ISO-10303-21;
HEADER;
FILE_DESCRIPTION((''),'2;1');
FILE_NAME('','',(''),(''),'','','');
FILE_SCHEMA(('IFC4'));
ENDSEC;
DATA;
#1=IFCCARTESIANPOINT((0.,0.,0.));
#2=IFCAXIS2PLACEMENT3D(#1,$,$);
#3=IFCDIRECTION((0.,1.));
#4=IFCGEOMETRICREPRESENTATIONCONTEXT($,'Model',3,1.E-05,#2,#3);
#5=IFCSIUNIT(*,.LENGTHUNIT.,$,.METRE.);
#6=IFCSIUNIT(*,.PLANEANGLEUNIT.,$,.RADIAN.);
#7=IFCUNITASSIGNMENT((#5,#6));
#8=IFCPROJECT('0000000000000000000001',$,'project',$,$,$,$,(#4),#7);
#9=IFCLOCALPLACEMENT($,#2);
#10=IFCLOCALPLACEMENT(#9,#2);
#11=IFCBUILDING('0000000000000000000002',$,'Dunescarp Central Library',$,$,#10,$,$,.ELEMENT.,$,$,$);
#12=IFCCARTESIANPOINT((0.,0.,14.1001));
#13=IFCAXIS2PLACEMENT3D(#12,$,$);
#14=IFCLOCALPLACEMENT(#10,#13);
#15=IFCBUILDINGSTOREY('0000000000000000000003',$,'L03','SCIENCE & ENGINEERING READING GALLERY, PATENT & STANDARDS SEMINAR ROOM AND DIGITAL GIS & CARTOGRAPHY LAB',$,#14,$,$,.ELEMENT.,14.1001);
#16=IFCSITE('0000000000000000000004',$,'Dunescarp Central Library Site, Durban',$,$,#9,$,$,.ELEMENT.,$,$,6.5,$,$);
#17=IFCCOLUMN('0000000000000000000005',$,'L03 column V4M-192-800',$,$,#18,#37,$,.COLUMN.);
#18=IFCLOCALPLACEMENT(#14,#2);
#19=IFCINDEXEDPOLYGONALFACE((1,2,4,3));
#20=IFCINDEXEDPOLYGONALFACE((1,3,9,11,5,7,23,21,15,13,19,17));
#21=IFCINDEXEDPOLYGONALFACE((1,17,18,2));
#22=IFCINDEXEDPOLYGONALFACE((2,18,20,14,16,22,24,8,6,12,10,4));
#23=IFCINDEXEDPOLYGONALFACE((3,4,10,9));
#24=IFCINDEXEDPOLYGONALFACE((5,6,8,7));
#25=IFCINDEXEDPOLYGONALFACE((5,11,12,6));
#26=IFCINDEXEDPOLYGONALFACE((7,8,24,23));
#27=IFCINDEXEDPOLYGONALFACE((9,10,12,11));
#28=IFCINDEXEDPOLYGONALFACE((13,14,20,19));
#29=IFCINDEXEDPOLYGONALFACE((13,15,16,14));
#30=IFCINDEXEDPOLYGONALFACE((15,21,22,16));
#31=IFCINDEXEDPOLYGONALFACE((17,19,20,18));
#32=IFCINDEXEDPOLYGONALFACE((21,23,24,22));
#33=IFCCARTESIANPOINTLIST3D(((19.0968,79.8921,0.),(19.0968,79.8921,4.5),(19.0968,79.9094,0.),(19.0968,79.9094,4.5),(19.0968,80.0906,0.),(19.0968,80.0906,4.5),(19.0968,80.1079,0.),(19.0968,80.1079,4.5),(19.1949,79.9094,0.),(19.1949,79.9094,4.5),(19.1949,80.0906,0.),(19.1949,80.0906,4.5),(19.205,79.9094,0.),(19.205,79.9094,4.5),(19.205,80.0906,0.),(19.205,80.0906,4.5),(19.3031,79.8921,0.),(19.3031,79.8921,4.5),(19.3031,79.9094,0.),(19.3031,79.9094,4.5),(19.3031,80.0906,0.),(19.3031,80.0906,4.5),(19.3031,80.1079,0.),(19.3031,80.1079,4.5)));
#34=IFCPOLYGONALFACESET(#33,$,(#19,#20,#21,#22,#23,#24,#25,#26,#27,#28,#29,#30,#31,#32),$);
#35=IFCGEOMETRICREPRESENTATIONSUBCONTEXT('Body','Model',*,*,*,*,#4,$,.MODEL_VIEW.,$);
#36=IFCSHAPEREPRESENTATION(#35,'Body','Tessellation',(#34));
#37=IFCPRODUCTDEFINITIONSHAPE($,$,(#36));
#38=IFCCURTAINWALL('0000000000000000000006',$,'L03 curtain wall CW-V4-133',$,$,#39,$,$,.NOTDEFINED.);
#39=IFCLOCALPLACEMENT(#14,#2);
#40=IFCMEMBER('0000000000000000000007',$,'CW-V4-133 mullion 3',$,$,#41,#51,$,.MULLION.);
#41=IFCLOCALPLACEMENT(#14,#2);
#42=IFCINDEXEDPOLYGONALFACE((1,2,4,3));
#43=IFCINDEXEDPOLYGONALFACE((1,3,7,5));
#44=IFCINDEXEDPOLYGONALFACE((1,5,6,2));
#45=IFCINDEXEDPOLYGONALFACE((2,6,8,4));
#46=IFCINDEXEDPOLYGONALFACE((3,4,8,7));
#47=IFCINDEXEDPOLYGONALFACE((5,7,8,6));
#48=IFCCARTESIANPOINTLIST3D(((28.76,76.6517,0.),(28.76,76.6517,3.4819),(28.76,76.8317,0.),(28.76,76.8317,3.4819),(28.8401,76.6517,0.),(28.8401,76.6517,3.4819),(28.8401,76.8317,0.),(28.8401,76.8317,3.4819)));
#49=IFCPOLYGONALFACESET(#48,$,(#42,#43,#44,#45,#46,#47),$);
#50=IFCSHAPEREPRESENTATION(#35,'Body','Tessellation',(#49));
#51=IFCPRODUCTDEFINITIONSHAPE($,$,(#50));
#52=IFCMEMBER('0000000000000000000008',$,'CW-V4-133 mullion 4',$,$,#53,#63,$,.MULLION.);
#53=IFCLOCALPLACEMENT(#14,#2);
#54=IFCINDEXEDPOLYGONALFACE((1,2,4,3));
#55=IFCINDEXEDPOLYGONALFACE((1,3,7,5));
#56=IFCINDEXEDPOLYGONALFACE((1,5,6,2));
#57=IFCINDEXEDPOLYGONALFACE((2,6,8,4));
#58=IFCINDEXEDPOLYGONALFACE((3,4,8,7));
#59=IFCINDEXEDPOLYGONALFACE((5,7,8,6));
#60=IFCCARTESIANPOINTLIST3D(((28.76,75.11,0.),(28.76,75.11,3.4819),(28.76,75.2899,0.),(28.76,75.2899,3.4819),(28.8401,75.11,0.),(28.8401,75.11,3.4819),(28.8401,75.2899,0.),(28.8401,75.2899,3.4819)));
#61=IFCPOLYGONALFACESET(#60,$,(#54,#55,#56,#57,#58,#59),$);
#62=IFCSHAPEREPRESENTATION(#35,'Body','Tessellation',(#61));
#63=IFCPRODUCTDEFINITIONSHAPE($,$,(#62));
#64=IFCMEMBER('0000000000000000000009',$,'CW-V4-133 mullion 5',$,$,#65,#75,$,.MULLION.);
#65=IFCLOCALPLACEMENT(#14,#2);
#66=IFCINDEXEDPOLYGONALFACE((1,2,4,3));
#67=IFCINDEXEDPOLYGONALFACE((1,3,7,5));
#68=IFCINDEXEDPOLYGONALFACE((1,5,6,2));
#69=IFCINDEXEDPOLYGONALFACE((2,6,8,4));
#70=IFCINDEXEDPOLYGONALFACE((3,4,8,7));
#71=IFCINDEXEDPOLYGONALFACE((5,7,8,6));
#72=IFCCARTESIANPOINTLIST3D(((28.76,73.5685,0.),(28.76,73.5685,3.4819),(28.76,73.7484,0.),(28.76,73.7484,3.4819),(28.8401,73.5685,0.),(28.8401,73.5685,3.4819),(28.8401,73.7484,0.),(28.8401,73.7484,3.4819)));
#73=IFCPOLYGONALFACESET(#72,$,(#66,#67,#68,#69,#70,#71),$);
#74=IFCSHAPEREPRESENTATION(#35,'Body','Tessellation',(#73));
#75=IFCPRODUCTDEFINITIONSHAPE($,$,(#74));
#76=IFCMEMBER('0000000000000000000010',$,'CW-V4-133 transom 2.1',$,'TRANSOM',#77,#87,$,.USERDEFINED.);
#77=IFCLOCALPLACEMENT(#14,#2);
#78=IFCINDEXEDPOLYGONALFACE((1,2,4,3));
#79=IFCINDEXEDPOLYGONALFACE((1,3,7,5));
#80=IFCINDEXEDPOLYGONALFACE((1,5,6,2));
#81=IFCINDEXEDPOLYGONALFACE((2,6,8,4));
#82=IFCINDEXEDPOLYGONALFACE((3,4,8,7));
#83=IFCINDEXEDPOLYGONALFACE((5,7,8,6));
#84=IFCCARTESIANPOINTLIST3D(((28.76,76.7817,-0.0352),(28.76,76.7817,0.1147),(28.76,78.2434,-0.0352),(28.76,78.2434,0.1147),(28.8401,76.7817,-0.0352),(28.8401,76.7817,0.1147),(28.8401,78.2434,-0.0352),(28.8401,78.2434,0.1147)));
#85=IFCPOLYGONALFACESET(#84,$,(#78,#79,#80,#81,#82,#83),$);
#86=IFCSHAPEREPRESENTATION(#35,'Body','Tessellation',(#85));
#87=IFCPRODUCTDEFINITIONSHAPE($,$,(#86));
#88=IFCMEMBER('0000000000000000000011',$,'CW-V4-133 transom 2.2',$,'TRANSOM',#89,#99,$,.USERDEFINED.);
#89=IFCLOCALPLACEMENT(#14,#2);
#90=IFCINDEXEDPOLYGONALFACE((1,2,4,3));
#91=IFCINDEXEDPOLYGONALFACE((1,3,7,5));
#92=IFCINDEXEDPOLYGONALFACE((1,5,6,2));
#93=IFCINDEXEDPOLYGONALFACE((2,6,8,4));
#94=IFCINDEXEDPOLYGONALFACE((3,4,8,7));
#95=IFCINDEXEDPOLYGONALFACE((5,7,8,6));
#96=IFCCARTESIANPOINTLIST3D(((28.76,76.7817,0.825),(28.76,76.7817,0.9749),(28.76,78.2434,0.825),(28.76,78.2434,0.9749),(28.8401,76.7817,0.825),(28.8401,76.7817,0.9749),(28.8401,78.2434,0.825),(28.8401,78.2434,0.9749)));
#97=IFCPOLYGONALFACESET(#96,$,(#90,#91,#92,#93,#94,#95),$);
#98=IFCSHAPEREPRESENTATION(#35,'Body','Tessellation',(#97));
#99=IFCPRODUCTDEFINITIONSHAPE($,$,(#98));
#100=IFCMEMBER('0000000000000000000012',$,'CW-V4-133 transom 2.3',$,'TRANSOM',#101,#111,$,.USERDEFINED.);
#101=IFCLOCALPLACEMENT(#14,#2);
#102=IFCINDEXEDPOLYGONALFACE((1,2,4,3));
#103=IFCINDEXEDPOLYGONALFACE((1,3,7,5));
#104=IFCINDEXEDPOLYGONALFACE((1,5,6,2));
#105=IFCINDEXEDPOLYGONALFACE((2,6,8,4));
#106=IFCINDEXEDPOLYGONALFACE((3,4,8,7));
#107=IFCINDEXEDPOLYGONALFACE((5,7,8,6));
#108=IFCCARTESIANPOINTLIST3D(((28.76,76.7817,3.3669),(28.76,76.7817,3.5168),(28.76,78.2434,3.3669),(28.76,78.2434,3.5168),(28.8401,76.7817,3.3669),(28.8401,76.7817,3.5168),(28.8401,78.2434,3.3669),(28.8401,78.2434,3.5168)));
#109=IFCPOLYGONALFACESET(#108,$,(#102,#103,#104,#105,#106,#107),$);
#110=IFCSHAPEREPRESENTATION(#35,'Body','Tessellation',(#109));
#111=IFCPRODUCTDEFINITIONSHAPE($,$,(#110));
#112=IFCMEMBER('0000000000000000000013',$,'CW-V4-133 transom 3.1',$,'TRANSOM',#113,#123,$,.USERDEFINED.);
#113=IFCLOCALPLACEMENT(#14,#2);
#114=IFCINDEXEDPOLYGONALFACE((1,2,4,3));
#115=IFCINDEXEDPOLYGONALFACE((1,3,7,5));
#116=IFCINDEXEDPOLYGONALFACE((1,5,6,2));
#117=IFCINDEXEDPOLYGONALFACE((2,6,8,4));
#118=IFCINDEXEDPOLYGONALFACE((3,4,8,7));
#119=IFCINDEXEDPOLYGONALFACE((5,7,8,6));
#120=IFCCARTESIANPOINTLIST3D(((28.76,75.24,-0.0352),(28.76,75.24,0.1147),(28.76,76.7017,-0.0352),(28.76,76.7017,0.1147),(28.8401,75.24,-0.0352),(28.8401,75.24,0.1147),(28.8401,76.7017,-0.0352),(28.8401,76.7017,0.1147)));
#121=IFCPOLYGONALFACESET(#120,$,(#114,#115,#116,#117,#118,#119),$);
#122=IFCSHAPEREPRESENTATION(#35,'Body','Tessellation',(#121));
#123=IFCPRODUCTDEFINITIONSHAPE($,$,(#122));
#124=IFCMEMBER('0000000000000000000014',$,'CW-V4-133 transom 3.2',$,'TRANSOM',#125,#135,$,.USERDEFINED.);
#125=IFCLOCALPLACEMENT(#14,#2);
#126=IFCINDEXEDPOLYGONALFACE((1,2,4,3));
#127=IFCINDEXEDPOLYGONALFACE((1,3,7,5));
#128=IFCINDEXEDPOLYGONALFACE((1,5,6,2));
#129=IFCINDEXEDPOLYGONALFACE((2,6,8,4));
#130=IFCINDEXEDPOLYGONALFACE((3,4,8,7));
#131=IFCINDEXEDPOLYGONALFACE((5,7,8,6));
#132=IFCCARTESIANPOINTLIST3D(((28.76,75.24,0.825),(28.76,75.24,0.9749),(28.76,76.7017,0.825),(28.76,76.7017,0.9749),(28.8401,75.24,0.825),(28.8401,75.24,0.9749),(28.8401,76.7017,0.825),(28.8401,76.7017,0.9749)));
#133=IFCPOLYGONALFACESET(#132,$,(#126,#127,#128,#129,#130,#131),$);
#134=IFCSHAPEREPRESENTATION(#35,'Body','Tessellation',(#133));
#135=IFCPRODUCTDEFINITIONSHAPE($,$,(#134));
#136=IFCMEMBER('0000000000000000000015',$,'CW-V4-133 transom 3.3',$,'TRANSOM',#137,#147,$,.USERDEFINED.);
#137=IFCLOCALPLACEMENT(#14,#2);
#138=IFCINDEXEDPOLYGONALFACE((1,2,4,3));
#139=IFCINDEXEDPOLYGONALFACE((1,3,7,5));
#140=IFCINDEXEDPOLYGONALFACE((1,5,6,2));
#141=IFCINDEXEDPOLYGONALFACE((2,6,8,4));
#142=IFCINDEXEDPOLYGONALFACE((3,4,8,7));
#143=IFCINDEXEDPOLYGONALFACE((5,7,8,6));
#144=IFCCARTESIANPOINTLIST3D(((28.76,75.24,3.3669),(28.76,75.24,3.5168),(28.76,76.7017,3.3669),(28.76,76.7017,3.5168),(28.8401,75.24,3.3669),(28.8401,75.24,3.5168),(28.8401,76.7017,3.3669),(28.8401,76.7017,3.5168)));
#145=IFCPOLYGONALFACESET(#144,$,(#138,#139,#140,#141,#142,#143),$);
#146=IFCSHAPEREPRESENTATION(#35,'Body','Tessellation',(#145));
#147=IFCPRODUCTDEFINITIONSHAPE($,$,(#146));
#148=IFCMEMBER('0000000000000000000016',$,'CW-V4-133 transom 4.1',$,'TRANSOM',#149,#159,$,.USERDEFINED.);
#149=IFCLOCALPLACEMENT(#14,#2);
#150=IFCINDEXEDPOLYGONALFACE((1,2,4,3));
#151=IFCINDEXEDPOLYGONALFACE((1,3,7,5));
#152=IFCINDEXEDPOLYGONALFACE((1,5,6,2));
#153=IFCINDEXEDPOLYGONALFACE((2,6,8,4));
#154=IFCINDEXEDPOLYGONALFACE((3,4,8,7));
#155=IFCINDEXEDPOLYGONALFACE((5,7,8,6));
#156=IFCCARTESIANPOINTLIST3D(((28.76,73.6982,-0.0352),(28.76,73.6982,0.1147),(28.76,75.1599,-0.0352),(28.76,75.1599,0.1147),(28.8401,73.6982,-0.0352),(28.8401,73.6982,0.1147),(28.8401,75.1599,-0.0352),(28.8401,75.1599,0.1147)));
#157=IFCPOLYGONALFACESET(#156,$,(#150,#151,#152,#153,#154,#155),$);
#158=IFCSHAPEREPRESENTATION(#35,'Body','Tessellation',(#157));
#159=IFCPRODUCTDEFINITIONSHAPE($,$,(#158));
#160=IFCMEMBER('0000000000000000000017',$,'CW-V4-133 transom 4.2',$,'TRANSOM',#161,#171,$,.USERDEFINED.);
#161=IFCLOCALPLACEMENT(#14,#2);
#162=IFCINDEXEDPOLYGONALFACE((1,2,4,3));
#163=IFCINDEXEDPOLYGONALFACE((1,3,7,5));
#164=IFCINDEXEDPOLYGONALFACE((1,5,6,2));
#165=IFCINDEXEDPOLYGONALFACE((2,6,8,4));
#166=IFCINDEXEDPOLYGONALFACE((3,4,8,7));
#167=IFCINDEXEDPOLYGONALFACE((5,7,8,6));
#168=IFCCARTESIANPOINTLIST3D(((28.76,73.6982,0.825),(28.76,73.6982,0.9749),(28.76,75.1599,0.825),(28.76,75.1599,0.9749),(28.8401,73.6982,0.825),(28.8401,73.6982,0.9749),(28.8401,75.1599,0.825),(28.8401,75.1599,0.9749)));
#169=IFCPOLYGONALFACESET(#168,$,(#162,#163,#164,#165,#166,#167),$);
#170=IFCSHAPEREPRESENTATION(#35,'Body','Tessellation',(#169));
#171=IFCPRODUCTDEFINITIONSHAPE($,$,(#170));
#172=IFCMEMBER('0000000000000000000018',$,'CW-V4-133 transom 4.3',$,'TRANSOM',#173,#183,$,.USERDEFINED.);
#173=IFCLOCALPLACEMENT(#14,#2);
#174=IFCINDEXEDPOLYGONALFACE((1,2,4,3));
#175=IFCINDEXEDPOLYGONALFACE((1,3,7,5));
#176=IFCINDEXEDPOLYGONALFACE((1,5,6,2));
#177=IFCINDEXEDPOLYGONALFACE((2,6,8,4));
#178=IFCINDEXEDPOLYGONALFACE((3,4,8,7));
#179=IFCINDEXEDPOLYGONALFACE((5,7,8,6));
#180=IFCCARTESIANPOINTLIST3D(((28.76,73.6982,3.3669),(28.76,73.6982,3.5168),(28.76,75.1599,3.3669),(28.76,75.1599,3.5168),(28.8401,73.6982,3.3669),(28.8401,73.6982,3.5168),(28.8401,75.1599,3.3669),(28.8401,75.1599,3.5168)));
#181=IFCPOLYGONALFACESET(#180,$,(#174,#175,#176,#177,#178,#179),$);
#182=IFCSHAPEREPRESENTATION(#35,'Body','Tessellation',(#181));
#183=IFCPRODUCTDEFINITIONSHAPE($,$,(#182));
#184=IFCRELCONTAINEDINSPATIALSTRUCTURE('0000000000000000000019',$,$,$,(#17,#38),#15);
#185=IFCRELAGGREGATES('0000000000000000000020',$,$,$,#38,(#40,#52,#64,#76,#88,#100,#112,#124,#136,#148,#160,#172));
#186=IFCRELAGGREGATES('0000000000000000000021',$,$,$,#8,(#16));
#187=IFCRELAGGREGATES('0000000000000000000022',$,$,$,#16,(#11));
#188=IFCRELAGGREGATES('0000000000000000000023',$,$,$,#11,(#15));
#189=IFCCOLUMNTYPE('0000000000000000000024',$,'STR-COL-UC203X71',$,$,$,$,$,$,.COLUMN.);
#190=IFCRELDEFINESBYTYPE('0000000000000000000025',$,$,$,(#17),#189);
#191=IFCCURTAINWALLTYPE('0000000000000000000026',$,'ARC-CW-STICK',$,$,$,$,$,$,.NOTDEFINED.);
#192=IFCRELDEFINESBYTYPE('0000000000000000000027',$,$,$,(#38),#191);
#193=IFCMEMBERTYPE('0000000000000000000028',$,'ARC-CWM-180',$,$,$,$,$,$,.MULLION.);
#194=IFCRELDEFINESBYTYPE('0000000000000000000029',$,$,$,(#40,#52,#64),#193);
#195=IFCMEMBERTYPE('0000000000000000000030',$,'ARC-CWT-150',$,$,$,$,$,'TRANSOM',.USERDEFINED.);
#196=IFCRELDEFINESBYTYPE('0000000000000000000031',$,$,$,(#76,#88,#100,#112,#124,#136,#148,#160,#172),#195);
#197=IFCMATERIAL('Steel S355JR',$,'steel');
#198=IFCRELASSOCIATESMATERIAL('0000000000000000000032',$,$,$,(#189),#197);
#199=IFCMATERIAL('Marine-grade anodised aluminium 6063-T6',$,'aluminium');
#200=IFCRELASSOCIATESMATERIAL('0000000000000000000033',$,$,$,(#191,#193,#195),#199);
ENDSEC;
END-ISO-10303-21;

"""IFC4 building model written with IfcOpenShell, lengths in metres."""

from ifc_helpers import new_model, si_unit, direction, frame, origin, origin_2d, place, context, subcontext, project, spatial, rectangle, i_section, extrude, material, material_profile, profile_set, type_object, element, aggregate, save


model = new_model("IFC4")

# Units and contexts
model_context = context("Model", 3, precision=1e-05, world=origin(), true_north=direction((0.0, 1.0)))
body_context = subcontext(model_context, "Body", "Model", "MODEL_VIEW")
ifc_project = project(units=[si_unit("LENGTHUNIT", "METRE"), si_unit("PLANEANGLEUNIT", "RADIAN")], contexts=[model_context])

# Site, building, storey
site_placement = place(None, origin())
site = spatial("IfcSite", under=ifc_project, at=site_placement, Name="Dunescarp Central Library Site, Durban", CompositionType="ELEMENT", RefElevation=6.5)
building_placement = place(site_placement, origin())
building = spatial("IfcBuilding", under=site, at=building_placement, Name="Dunescarp Central Library", CompositionType="ELEMENT")
storey_placement = place(building_placement, frame((0.0, 0.0, 14.1001)))
storey = spatial("IfcBuildingStorey", under=building, at=storey_placement, Name="L03", Description="SCIENCE & ENGINEERING READING GALLERY, PATENT & STANDARDS SEMINAR ROOM AND DIGITAL GIS & CARTOGRAPHY LAB", CompositionType="ELEMENT", Elevation=14.1001)

# Column
ifc_material_1 = material(Name="Steel S355JR", Category="steel")
ifc_material_profile_1 = material_profile(ifc_material_1, i_section(OverallWidth=0.2063, OverallDepth=0.2158, WebThickness=0.01, FlangeThickness=0.0173, at=origin_2d()), Name="UC 203x203x71")
ifc_profile_set_1 = profile_set([ifc_material_profile_1], Name="Steel S355JR")
column_type = type_object("IfcColumnType", Name="STR-COL-UC203X71", PredefinedType="COLUMN", material=ifc_profile_set_1)
column_placement = place(storey_placement, frame((19.2, 80.0, 0.0), z_axis=(0.0, 0.0, 1.0), x_axis=(1.0, 0.0, 0.0)))
element("IfcColumn", 1, at=column_placement, inside=storey, type_object=column_type, Name="L03 column V4M-192-800", PredefinedType="COLUMN", context=body_context, shape_type="SweptSolid", body=[
    extrude(i_section(OverallWidth=0.2063, OverallDepth=0.2158, WebThickness=0.01, FlangeThickness=0.0173, at=origin_2d()), origin(), (0.0, 0.0, 1.0), 4.5),
])

# Curtain wall, members
ifc_material_2 = material(Name="Marine-grade anodised aluminium 6063-T6", Category="aluminium")
curtain_wall_type = type_object("IfcCurtainWallType", Name="ARC-CW-STICK", PredefinedType="NOTDEFINED", material=ifc_material_2)
curtain_wall_placement = place(storey_placement, origin())
curtain_wall = element("IfcCurtainWall", 2, at=curtain_wall_placement, inside=storey, type_object=curtain_wall_type, Name="L03 curtain wall CW-V4-133", PredefinedType="NOTDEFINED")
ifc_material_profile_2 = material_profile(ifc_material_2, rectangle(XDim=0.0801, YDim=0.1799, at=origin_2d()), Name="AL 80x180")
ifc_profile_set_2 = profile_set([ifc_material_profile_2], Name="Marine-grade anodised aluminium 6063-T6")
member_type_1 = type_object("IfcMemberType", Name="ARC-CWM-180", PredefinedType="MULLION", material=ifc_profile_set_2)
member_1_placement = place(storey_placement, frame((28.8, 76.7417, 0.0), z_axis=(0.0, 0.0, 1.0), x_axis=(1.0, 0.0, 0.0)))
member_1 = element("IfcMember", 3, at=member_1_placement, type_object=member_type_1, Name="CW-V4-133 mullion 3", PredefinedType="MULLION", context=body_context, shape_type="SweptSolid", body=[
    extrude(rectangle(XDim=0.0801, YDim=0.1799, at=origin_2d()), origin(), (0.0, 0.0, 1.0), 3.4819),
])
member_2_placement = place(storey_placement, frame((28.8, 75.2, 0.0), z_axis=(0.0, 0.0, 1.0), x_axis=(1.0, 0.0, 0.0)))
member_2 = element("IfcMember", 4, at=member_2_placement, type_object=member_type_1, Name="CW-V4-133 mullion 4", PredefinedType="MULLION", context=body_context, shape_type="SweptSolid", body=[
    extrude(rectangle(XDim=0.0801, YDim=0.1799, at=origin_2d()), origin(), (0.0, 0.0, 1.0), 3.4819),
])
member_3_placement = place(storey_placement, frame((28.8, 73.6584, 0.0), z_axis=(0.0, 0.0, 1.0), x_axis=(1.0, 0.0, 0.0)))
member_3 = element("IfcMember", 5, at=member_3_placement, type_object=member_type_1, Name="CW-V4-133 mullion 5", PredefinedType="MULLION", context=body_context, shape_type="SweptSolid", body=[
    extrude(rectangle(XDim=0.0801, YDim=0.1799, at=origin_2d()), origin(), (0.0, 0.0, 1.0), 3.4819),
])
ifc_material_profile_3 = material_profile(ifc_material_2, rectangle(XDim=0.0801, YDim=0.1499, at=origin_2d()), Name="AL 80x150")
ifc_profile_set_3 = profile_set([ifc_material_profile_3], Name="Marine-grade anodised aluminium 6063-T6")
member_type_2 = type_object("IfcMemberType", Name="ARC-CWT-150", ElementType="TRANSOM", PredefinedType="USERDEFINED", material=ifc_profile_set_3)
member_4_placement = place(storey_placement, frame((28.8, 78.2434, 0.0398), z_axis=(0.0, -1.0, 0.0), x_axis=(1.0, 0.0, 0.0)))
member_4 = element("IfcMember", 6, at=member_4_placement, type_object=member_type_2, Name="CW-V4-133 transom 2.1", ObjectType="TRANSOM", PredefinedType="USERDEFINED", context=body_context, shape_type="SweptSolid", body=[
    extrude(rectangle(XDim=0.0801, YDim=0.1499, at=origin_2d()), origin(), (0.0, 0.0, 1.0), 1.4617),
])
member_5_placement = place(storey_placement, frame((28.8, 78.2434, 0.8999), z_axis=(0.0, -1.0, 0.0), x_axis=(1.0, 0.0, 0.0)))
member_5 = element("IfcMember", 7, at=member_5_placement, type_object=member_type_2, Name="CW-V4-133 transom 2.2", ObjectType="TRANSOM", PredefinedType="USERDEFINED", context=body_context, shape_type="SweptSolid", body=[
    extrude(rectangle(XDim=0.0801, YDim=0.1499, at=origin_2d()), origin(), (0.0, 0.0, 1.0), 1.4617),
])
member_6_placement = place(storey_placement, frame((28.8, 78.2434, 3.4419), z_axis=(0.0, -1.0, 0.0), x_axis=(1.0, 0.0, 0.0)))
member_6 = element("IfcMember", 8, at=member_6_placement, type_object=member_type_2, Name="CW-V4-133 transom 2.3", ObjectType="TRANSOM", PredefinedType="USERDEFINED", context=body_context, shape_type="SweptSolid", body=[
    extrude(rectangle(XDim=0.0801, YDim=0.1499, at=origin_2d()), origin(), (0.0, 0.0, 1.0), 1.4617),
])
member_7_placement = place(storey_placement, frame((28.8, 76.7017, 0.0398), z_axis=(0.0, -1.0, 0.0), x_axis=(1.0, 0.0, 0.0)))
member_7 = element("IfcMember", 9, at=member_7_placement, type_object=member_type_2, Name="CW-V4-133 transom 3.1", ObjectType="TRANSOM", PredefinedType="USERDEFINED", context=body_context, shape_type="SweptSolid", body=[
    extrude(rectangle(XDim=0.0801, YDim=0.1499, at=origin_2d()), origin(), (0.0, 0.0, 1.0), 1.4617),
])
member_8_placement = place(storey_placement, frame((28.8, 76.7017, 0.8999), z_axis=(0.0, -1.0, 0.0), x_axis=(1.0, 0.0, 0.0)))
member_8 = element("IfcMember", 10, at=member_8_placement, type_object=member_type_2, Name="CW-V4-133 transom 3.2", ObjectType="TRANSOM", PredefinedType="USERDEFINED", context=body_context, shape_type="SweptSolid", body=[
    extrude(rectangle(XDim=0.0801, YDim=0.1499, at=origin_2d()), origin(), (0.0, 0.0, 1.0), 1.4617),
])
member_9_placement = place(storey_placement, frame((28.8, 76.7017, 3.4419), z_axis=(0.0, -1.0, 0.0), x_axis=(1.0, 0.0, 0.0)))
member_9 = element("IfcMember", 11, at=member_9_placement, type_object=member_type_2, Name="CW-V4-133 transom 3.3", ObjectType="TRANSOM", PredefinedType="USERDEFINED", context=body_context, shape_type="SweptSolid", body=[
    extrude(rectangle(XDim=0.0801, YDim=0.1499, at=origin_2d()), origin(), (0.0, 0.0, 1.0), 1.4617),
])
member_10_placement = place(storey_placement, frame((28.8, 75.1599, 0.0398), z_axis=(0.0, -1.0, 0.0), x_axis=(1.0, 0.0, 0.0)))
member_10 = element("IfcMember", 12, at=member_10_placement, type_object=member_type_2, Name="CW-V4-133 transom 4.1", ObjectType="TRANSOM", PredefinedType="USERDEFINED", context=body_context, shape_type="SweptSolid", body=[
    extrude(rectangle(XDim=0.0801, YDim=0.1499, at=origin_2d()), origin(), (0.0, 0.0, 1.0), 1.4617),
])
member_11_placement = place(storey_placement, frame((28.8, 75.1599, 0.8999), z_axis=(0.0, -1.0, 0.0), x_axis=(1.0, 0.0, 0.0)))
member_11 = element("IfcMember", 13, at=member_11_placement, type_object=member_type_2, Name="CW-V4-133 transom 4.2", ObjectType="TRANSOM", PredefinedType="USERDEFINED", context=body_context, shape_type="SweptSolid", body=[
    extrude(rectangle(XDim=0.0801, YDim=0.1499, at=origin_2d()), origin(), (0.0, 0.0, 1.0), 1.4617),
])
member_12_placement = place(storey_placement, frame((28.8, 75.1599, 3.4419), z_axis=(0.0, -1.0, 0.0), x_axis=(1.0, 0.0, 0.0)))
member_12 = element("IfcMember", 14, at=member_12_placement, type_object=member_type_2, Name="CW-V4-133 transom 4.3", ObjectType="TRANSOM", PredefinedType="USERDEFINED", context=body_context, shape_type="SweptSolid", body=[
    extrude(rectangle(XDim=0.0801, YDim=0.1499, at=origin_2d()), origin(), (0.0, 0.0, 1.0), 1.4617),
])

aggregate(curtain_wall, [member_1, member_2, member_3, member_4, member_5, member_6, member_7, member_8, member_9, member_10, member_11, member_12])

save(model, "model.ifc")
